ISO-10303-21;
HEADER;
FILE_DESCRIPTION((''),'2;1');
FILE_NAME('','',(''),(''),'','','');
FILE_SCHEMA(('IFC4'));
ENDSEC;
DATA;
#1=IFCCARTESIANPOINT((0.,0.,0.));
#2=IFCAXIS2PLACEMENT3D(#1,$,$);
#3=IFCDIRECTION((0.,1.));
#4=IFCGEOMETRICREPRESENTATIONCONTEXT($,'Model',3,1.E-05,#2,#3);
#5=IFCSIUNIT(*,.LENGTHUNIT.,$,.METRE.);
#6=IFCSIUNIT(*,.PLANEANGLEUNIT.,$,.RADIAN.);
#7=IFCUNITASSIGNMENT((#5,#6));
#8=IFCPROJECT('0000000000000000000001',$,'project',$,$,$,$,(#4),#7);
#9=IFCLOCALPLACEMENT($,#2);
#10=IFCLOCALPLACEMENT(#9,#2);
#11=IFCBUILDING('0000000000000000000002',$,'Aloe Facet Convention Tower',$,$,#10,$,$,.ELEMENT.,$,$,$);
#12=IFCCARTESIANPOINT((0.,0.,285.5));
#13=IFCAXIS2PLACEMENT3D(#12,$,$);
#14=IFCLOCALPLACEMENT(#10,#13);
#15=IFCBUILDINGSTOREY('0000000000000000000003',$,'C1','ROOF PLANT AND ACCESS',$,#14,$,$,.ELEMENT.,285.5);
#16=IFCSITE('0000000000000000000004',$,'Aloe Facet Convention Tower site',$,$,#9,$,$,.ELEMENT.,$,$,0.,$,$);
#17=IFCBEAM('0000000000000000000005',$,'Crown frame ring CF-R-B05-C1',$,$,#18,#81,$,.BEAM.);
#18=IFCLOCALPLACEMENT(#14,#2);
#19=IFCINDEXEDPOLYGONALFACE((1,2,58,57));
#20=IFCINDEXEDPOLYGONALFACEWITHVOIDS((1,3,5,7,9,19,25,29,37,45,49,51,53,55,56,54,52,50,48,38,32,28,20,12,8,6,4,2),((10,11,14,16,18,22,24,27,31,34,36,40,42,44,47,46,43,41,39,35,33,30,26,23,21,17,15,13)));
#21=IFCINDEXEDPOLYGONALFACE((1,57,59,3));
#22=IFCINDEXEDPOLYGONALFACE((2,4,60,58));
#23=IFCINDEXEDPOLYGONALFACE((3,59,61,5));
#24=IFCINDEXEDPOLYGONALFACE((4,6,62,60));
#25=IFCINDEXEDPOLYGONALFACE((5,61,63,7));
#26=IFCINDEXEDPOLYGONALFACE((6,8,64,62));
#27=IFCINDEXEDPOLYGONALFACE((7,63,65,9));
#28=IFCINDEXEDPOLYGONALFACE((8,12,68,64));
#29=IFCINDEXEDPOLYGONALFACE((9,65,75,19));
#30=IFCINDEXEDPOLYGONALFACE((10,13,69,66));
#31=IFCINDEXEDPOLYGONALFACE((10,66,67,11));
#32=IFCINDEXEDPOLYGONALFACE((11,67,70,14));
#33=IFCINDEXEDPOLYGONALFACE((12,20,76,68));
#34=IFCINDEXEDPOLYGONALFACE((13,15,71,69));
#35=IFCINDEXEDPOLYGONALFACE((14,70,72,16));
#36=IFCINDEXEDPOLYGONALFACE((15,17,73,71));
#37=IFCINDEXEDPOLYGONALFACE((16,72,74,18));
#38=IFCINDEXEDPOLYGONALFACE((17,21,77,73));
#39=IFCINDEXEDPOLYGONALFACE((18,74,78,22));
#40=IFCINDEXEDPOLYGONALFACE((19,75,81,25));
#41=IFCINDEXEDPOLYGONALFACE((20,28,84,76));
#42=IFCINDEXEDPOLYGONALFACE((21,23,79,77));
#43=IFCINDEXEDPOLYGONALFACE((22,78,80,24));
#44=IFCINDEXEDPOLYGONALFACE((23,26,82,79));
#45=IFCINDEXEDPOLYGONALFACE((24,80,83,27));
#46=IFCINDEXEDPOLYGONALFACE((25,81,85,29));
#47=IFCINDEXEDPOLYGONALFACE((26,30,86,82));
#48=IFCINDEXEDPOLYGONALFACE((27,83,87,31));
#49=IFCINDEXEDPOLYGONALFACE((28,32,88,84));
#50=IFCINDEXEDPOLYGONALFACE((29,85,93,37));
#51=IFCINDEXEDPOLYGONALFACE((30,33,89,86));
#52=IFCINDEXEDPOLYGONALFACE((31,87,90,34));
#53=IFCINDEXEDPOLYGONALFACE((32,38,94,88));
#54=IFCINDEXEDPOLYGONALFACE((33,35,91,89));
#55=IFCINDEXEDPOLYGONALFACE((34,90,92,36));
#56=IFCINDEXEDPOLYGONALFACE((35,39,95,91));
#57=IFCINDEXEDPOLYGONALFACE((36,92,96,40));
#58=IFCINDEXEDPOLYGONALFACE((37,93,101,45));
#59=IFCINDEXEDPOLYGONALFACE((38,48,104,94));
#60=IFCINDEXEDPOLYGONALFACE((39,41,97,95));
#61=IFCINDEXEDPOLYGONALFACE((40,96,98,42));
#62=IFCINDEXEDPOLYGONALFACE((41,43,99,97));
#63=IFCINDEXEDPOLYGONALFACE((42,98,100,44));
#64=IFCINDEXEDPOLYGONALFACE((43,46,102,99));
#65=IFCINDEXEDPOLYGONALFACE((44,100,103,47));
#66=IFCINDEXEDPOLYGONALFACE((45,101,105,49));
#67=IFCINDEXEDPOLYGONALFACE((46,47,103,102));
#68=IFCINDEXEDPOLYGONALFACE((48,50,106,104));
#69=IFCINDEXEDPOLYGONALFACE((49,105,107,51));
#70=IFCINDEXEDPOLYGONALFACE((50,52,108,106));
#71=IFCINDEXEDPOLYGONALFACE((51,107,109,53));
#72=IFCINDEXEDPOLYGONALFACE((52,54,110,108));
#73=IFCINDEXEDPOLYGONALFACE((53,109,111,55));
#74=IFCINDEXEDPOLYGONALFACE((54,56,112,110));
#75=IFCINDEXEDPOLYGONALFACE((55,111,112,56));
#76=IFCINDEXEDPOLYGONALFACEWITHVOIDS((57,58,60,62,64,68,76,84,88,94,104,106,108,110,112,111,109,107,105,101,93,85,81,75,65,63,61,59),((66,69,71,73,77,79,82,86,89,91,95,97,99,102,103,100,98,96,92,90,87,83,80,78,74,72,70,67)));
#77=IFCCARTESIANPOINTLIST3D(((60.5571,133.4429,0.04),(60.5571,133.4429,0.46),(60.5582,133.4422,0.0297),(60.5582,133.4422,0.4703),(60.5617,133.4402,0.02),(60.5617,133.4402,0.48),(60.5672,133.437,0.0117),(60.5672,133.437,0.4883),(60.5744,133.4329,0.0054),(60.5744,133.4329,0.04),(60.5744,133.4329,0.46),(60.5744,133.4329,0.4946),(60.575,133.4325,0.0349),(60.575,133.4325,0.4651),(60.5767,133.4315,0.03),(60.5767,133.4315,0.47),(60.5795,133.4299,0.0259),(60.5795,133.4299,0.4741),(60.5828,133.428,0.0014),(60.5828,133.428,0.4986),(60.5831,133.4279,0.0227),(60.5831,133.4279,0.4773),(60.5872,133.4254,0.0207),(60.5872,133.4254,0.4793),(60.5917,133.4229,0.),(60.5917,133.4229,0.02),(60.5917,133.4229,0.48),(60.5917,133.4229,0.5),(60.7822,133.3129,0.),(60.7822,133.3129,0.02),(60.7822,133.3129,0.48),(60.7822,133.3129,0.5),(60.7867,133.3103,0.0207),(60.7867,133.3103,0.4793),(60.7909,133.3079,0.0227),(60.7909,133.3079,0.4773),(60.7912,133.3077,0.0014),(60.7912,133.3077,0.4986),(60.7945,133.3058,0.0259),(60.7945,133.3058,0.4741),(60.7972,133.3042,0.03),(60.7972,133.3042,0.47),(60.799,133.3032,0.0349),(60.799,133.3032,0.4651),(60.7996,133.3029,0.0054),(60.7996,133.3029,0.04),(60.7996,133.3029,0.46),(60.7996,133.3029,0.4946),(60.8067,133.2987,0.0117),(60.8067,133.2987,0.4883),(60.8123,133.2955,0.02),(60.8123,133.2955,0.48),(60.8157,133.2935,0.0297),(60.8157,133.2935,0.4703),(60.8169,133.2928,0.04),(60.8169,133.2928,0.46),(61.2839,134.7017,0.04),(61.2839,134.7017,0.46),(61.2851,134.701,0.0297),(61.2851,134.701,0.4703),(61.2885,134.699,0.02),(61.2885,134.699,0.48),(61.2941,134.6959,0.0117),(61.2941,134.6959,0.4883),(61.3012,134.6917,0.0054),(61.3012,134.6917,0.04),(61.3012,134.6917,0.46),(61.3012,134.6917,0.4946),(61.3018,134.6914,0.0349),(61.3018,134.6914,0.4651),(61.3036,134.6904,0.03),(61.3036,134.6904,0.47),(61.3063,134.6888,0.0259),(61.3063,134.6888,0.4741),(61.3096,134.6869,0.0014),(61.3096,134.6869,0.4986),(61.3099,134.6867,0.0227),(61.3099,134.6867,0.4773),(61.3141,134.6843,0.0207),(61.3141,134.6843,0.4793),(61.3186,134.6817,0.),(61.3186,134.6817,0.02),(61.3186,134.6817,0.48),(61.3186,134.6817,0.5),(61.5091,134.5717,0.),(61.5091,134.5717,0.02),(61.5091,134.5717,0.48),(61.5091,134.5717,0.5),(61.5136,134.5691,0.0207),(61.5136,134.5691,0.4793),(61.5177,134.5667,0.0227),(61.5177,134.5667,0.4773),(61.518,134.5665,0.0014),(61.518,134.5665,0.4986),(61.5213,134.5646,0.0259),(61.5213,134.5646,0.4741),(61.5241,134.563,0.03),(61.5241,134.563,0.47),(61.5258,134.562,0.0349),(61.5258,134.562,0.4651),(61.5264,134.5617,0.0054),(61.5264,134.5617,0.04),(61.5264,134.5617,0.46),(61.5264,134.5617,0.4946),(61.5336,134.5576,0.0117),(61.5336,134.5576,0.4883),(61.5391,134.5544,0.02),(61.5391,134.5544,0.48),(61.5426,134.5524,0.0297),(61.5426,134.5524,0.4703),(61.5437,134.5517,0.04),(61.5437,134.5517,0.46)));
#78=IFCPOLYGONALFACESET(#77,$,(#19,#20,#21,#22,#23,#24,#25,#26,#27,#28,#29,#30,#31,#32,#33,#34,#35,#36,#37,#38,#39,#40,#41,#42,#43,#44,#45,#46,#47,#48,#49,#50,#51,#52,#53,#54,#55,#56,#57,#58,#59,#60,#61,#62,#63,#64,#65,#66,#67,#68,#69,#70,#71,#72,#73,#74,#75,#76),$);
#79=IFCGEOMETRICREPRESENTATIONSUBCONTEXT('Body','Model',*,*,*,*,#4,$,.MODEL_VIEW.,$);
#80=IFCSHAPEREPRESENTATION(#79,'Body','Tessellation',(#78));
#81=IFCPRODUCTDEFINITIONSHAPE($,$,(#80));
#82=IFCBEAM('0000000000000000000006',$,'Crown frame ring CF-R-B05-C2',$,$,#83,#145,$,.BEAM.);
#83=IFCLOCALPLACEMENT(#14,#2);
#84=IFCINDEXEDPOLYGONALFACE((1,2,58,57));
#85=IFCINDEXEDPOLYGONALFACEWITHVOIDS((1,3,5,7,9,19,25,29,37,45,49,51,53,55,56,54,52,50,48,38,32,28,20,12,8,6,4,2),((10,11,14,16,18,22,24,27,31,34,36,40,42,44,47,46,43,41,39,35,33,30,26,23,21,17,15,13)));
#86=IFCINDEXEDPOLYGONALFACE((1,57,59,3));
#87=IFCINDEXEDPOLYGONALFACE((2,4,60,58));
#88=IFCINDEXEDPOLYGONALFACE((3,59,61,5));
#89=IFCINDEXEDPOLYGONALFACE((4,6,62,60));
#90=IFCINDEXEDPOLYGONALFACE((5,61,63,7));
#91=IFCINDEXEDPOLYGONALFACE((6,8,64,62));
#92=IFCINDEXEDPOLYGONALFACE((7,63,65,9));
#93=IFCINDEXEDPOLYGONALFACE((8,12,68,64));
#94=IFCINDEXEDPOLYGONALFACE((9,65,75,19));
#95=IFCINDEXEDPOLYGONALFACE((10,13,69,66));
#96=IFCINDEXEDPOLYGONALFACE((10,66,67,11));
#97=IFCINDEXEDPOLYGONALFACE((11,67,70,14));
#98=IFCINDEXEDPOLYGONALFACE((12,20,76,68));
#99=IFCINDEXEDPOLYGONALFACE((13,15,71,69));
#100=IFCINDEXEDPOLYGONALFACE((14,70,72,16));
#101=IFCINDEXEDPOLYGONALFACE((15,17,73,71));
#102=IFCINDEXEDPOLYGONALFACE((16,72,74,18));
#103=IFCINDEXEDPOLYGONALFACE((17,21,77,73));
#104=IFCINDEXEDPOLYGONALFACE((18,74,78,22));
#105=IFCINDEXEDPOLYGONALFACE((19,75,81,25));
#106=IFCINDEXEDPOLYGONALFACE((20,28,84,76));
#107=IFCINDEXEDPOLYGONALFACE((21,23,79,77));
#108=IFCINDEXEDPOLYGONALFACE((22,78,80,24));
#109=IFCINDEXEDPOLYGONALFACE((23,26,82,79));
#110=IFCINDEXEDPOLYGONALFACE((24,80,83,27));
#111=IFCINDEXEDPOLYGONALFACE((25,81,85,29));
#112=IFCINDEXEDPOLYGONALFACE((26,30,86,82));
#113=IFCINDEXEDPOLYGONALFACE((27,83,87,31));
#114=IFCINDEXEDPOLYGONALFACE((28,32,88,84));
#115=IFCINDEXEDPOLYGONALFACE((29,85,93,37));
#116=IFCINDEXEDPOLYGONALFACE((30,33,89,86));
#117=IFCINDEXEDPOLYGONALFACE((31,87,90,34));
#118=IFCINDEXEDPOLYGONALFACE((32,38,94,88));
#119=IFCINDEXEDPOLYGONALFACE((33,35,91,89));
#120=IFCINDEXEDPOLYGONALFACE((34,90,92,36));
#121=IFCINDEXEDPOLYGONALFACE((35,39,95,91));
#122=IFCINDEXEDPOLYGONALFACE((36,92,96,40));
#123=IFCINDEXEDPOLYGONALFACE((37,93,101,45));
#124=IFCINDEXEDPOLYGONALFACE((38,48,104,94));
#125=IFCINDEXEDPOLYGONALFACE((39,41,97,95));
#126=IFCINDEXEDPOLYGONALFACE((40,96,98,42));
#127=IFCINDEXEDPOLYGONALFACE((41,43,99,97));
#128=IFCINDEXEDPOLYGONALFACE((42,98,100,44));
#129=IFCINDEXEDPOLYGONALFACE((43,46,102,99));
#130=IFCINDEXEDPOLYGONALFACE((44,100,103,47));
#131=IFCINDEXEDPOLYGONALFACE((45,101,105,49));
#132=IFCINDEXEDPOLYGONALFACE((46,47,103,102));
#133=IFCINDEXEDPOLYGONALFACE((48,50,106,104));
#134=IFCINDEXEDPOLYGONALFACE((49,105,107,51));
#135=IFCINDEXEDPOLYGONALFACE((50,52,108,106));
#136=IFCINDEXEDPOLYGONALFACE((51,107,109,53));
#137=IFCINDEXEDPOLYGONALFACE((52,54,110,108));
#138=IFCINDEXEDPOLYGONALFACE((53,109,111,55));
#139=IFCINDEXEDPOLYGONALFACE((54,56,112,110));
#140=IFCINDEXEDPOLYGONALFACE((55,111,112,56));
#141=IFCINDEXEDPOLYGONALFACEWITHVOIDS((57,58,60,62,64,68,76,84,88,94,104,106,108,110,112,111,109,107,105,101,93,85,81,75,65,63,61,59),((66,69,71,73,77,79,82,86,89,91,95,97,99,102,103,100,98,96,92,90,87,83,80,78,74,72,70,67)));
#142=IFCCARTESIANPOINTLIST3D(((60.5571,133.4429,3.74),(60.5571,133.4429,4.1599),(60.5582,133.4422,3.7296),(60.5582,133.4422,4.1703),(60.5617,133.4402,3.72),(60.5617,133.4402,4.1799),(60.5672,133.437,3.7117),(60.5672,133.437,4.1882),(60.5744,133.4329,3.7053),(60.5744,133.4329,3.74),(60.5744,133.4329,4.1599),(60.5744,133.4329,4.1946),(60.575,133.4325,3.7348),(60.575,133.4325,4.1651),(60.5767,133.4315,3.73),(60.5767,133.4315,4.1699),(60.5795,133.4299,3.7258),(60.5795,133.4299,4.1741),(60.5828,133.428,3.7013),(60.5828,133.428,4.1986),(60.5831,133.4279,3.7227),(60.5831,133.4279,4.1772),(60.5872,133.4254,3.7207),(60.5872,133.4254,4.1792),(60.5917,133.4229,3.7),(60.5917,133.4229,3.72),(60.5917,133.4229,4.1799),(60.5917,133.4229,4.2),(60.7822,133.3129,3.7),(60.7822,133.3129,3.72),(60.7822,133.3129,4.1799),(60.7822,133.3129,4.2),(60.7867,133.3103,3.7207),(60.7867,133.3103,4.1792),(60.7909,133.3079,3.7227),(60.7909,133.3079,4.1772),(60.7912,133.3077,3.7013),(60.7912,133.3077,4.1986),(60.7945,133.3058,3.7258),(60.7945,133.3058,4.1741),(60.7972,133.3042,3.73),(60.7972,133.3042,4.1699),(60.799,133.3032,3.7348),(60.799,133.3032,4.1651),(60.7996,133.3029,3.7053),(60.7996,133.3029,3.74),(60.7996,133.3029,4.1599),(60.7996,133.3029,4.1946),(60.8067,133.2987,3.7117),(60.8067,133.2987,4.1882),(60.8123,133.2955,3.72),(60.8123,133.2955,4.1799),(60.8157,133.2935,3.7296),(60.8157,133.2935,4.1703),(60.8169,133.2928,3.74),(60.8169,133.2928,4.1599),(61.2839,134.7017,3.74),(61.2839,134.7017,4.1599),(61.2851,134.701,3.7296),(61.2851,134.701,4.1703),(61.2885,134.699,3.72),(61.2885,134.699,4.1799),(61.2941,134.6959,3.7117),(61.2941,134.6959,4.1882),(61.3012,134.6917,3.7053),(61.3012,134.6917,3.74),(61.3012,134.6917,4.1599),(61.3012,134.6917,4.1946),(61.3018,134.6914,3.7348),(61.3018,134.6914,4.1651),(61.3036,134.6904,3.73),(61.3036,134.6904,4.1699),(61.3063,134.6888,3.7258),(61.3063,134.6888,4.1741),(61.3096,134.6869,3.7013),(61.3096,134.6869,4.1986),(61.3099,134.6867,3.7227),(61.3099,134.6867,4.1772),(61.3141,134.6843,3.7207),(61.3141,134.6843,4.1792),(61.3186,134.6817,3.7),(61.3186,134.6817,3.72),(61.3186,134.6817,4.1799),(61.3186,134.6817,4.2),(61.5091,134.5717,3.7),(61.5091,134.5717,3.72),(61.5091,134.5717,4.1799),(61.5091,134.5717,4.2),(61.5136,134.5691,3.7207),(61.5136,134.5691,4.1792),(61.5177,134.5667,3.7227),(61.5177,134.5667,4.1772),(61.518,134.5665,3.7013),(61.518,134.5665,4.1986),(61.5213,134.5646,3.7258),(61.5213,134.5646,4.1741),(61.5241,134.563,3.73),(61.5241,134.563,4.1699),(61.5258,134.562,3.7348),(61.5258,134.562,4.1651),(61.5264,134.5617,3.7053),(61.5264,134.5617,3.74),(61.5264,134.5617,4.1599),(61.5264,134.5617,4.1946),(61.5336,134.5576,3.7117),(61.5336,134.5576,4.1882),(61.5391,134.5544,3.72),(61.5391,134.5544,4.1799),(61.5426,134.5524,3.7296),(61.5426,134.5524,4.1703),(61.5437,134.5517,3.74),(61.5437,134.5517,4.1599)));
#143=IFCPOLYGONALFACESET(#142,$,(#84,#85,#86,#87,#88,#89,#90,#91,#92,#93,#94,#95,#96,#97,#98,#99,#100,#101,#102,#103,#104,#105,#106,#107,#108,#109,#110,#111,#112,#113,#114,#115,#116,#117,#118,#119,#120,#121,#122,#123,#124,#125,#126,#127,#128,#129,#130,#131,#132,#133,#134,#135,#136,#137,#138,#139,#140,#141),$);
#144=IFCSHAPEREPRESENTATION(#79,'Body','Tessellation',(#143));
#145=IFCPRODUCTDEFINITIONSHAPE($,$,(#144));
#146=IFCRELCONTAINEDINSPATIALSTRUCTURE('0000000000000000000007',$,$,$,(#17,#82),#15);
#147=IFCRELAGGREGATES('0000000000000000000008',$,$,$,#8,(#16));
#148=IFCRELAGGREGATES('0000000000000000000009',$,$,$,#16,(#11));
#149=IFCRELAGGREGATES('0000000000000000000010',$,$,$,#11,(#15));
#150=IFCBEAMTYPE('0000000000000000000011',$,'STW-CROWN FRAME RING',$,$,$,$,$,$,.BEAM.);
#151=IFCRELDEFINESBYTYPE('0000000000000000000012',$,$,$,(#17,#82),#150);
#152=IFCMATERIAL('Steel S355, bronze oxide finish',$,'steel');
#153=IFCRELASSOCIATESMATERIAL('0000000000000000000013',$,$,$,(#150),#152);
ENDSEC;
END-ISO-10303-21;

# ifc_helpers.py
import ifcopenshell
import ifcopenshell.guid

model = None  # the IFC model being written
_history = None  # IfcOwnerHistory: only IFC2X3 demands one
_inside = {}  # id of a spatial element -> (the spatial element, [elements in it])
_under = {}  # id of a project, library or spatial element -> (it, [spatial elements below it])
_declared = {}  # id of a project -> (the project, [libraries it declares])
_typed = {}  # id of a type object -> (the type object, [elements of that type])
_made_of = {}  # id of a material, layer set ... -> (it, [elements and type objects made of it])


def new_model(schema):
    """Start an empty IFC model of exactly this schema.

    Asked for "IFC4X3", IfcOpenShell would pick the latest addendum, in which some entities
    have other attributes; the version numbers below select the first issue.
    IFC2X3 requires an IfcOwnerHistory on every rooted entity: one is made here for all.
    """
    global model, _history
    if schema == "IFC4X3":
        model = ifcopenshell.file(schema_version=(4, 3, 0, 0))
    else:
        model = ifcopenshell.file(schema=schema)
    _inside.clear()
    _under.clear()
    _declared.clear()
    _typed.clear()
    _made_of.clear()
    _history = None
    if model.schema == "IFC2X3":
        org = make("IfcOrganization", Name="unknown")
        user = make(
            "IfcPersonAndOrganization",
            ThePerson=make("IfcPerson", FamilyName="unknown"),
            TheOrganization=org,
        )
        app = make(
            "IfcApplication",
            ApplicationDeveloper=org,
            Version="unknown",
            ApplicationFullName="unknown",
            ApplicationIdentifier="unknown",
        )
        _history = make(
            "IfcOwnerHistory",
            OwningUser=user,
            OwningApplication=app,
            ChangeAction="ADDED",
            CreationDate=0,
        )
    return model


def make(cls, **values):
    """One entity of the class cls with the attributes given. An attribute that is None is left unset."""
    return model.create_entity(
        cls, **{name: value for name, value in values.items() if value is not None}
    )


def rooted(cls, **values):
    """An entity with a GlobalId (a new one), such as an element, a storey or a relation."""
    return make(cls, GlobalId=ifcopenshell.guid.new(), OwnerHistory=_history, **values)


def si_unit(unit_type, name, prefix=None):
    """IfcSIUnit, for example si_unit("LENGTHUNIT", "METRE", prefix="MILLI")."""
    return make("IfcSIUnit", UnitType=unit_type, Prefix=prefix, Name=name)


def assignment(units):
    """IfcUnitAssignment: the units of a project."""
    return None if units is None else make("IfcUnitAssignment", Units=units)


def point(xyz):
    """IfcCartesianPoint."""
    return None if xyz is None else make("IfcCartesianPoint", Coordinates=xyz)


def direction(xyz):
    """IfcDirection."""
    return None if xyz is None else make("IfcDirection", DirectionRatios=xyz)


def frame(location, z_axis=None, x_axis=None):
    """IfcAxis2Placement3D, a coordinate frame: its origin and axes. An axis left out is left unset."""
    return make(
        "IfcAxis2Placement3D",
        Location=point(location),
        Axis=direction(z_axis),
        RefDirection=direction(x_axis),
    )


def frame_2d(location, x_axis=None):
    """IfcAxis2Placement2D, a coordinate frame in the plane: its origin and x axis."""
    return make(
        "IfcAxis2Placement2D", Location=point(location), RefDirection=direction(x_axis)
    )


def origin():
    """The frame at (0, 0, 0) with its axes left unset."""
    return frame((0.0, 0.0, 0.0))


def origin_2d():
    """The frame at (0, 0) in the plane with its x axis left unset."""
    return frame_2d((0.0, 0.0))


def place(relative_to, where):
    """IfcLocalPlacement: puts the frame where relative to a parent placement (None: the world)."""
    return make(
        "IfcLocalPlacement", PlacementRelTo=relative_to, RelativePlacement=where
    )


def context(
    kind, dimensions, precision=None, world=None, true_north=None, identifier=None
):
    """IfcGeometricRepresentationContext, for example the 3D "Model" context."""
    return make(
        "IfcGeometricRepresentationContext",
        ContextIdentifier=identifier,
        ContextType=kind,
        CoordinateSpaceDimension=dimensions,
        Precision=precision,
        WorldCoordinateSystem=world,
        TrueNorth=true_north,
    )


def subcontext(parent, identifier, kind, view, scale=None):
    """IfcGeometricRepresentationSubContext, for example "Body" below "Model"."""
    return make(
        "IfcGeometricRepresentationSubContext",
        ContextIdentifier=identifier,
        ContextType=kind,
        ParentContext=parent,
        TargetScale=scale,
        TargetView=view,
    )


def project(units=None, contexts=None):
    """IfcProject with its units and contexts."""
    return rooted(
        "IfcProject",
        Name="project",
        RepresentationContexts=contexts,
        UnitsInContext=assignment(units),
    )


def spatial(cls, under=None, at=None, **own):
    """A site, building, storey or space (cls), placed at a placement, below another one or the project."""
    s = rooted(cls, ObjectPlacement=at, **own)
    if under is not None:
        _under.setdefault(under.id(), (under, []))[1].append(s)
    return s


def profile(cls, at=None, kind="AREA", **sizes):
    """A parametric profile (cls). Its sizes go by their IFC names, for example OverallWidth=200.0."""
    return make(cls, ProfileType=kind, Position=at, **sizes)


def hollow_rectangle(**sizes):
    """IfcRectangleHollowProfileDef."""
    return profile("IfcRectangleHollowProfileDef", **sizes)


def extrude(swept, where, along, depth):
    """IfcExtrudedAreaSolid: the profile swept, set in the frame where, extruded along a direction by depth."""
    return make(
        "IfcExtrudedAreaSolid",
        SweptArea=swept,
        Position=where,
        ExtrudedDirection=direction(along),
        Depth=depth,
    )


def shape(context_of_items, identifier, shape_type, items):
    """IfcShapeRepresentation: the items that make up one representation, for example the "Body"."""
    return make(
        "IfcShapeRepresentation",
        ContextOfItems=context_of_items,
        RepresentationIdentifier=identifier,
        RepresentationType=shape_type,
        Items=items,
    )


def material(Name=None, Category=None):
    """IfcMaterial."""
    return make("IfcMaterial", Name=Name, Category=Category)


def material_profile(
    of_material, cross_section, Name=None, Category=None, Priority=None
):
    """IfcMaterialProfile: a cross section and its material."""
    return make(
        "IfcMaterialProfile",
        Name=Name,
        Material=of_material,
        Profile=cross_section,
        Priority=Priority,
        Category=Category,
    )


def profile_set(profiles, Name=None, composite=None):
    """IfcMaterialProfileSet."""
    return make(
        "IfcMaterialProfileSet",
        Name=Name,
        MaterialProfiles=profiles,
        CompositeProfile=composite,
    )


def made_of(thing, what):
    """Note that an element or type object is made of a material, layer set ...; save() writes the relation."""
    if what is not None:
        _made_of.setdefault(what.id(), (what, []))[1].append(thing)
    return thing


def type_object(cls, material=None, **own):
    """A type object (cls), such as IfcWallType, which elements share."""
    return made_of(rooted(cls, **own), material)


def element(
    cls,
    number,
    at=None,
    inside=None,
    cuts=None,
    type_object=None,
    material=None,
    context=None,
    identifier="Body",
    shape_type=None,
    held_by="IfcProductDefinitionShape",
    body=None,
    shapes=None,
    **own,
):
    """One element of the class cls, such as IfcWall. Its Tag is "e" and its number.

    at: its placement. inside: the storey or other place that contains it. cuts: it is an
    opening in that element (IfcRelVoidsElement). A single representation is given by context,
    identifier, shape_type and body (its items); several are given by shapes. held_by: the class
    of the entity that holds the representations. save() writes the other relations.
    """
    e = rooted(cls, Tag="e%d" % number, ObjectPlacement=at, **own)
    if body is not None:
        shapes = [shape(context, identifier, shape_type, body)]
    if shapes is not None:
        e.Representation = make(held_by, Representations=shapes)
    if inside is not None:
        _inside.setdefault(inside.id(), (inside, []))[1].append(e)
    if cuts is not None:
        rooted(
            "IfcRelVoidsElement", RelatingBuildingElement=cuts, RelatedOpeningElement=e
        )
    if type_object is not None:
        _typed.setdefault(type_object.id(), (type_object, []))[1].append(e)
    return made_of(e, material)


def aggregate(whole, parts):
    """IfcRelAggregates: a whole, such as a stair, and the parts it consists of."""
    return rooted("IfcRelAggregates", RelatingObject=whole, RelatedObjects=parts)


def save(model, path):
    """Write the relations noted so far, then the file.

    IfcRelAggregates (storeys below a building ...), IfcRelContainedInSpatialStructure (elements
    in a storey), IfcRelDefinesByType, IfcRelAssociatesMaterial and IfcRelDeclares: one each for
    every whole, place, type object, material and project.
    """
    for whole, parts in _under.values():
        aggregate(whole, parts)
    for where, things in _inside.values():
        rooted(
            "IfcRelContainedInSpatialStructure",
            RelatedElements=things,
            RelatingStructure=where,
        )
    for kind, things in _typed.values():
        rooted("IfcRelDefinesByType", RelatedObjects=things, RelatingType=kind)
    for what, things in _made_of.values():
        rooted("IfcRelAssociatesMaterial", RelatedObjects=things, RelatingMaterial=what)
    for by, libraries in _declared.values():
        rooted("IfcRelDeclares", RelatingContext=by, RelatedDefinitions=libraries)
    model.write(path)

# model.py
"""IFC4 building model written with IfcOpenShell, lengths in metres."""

from ifc_helpers import new_model, si_unit, direction, frame, origin, origin_2d, place, context, subcontext, project, spatial, hollow_rectangle, extrude, material, material_profile, profile_set, type_object, element, save


model = new_model("IFC4")

# Units and contexts
model_context = context("Model", 3, precision=1e-05, world=origin(), true_north=direction((0.0, 1.0)))
body_context = subcontext(model_context, "Body", "Model", "MODEL_VIEW")
ifc_project = project(units=[si_unit("LENGTHUNIT", "METRE"), si_unit("PLANEANGLEUNIT", "RADIAN")], contexts=[model_context])

# Site, building, storey
site_placement = place(None, origin())
site = spatial("IfcSite", under=ifc_project, at=site_placement, Name="Aloe Facet Convention Tower site", CompositionType="ELEMENT", RefElevation=0.0)
building_placement = place(site_placement, origin())
building = spatial("IfcBuilding", under=site, at=building_placement, Name="Aloe Facet Convention Tower", CompositionType="ELEMENT")
storey_placement = place(building_placement, frame((0.0, 0.0, 285.5)))
storey = spatial("IfcBuildingStorey", under=building, at=storey_placement, Name="C1", Description="ROOF PLANT AND ACCESS", CompositionType="ELEMENT", Elevation=285.5)

# Beams
ifc_material_1 = material(Name="Steel S355, bronze oxide finish", Category="steel")
ifc_material_profile_1 = material_profile(ifc_material_1, hollow_rectangle(XDim=0.3, YDim=0.5, WallThickness=0.02, InnerFilletRadius=0.02, OuterFilletRadius=0.04, at=origin_2d()), Name="RHS 500x300x20")
ifc_profile_set_1 = profile_set([ifc_material_profile_1], Name="Steel S355, bronze oxide finish")
beam_type = type_object("IfcBeamType", Name="STW-CROWN FRAME RING", PredefinedType="BEAM", material=ifc_profile_set_1)
for number, where, z_axis, x_axis, name in (
    (1, (61.4138, 134.6267, 0.25), (-0.500023, -0.866012, 0.0), (0.866012, -0.500023, 0.0), "Crown frame ring CF-R-B05-C1"),
    (2, (61.4138, 134.6267, 3.95), (-0.500023, -0.866012, 0.0), (0.866012, -0.500023, 0.0), "Crown frame ring CF-R-B05-C2"),
):
    element("IfcBeam", number, at=place(storey_placement, frame(where, z_axis=z_axis, x_axis=x_axis)), inside=storey, type_object=beam_type, Name=name, PredefinedType="BEAM", context=body_context, shape_type="SweptSolid", body=[
        extrude(hollow_rectangle(XDim=0.3, YDim=0.5, WallThickness=0.02, InnerFilletRadius=0.02, OuterFilletRadius=0.04, at=origin_2d()), origin(), (0.0, 0.0, 1.0), 1.4536),
    ])

save(model, "model.ifc")
